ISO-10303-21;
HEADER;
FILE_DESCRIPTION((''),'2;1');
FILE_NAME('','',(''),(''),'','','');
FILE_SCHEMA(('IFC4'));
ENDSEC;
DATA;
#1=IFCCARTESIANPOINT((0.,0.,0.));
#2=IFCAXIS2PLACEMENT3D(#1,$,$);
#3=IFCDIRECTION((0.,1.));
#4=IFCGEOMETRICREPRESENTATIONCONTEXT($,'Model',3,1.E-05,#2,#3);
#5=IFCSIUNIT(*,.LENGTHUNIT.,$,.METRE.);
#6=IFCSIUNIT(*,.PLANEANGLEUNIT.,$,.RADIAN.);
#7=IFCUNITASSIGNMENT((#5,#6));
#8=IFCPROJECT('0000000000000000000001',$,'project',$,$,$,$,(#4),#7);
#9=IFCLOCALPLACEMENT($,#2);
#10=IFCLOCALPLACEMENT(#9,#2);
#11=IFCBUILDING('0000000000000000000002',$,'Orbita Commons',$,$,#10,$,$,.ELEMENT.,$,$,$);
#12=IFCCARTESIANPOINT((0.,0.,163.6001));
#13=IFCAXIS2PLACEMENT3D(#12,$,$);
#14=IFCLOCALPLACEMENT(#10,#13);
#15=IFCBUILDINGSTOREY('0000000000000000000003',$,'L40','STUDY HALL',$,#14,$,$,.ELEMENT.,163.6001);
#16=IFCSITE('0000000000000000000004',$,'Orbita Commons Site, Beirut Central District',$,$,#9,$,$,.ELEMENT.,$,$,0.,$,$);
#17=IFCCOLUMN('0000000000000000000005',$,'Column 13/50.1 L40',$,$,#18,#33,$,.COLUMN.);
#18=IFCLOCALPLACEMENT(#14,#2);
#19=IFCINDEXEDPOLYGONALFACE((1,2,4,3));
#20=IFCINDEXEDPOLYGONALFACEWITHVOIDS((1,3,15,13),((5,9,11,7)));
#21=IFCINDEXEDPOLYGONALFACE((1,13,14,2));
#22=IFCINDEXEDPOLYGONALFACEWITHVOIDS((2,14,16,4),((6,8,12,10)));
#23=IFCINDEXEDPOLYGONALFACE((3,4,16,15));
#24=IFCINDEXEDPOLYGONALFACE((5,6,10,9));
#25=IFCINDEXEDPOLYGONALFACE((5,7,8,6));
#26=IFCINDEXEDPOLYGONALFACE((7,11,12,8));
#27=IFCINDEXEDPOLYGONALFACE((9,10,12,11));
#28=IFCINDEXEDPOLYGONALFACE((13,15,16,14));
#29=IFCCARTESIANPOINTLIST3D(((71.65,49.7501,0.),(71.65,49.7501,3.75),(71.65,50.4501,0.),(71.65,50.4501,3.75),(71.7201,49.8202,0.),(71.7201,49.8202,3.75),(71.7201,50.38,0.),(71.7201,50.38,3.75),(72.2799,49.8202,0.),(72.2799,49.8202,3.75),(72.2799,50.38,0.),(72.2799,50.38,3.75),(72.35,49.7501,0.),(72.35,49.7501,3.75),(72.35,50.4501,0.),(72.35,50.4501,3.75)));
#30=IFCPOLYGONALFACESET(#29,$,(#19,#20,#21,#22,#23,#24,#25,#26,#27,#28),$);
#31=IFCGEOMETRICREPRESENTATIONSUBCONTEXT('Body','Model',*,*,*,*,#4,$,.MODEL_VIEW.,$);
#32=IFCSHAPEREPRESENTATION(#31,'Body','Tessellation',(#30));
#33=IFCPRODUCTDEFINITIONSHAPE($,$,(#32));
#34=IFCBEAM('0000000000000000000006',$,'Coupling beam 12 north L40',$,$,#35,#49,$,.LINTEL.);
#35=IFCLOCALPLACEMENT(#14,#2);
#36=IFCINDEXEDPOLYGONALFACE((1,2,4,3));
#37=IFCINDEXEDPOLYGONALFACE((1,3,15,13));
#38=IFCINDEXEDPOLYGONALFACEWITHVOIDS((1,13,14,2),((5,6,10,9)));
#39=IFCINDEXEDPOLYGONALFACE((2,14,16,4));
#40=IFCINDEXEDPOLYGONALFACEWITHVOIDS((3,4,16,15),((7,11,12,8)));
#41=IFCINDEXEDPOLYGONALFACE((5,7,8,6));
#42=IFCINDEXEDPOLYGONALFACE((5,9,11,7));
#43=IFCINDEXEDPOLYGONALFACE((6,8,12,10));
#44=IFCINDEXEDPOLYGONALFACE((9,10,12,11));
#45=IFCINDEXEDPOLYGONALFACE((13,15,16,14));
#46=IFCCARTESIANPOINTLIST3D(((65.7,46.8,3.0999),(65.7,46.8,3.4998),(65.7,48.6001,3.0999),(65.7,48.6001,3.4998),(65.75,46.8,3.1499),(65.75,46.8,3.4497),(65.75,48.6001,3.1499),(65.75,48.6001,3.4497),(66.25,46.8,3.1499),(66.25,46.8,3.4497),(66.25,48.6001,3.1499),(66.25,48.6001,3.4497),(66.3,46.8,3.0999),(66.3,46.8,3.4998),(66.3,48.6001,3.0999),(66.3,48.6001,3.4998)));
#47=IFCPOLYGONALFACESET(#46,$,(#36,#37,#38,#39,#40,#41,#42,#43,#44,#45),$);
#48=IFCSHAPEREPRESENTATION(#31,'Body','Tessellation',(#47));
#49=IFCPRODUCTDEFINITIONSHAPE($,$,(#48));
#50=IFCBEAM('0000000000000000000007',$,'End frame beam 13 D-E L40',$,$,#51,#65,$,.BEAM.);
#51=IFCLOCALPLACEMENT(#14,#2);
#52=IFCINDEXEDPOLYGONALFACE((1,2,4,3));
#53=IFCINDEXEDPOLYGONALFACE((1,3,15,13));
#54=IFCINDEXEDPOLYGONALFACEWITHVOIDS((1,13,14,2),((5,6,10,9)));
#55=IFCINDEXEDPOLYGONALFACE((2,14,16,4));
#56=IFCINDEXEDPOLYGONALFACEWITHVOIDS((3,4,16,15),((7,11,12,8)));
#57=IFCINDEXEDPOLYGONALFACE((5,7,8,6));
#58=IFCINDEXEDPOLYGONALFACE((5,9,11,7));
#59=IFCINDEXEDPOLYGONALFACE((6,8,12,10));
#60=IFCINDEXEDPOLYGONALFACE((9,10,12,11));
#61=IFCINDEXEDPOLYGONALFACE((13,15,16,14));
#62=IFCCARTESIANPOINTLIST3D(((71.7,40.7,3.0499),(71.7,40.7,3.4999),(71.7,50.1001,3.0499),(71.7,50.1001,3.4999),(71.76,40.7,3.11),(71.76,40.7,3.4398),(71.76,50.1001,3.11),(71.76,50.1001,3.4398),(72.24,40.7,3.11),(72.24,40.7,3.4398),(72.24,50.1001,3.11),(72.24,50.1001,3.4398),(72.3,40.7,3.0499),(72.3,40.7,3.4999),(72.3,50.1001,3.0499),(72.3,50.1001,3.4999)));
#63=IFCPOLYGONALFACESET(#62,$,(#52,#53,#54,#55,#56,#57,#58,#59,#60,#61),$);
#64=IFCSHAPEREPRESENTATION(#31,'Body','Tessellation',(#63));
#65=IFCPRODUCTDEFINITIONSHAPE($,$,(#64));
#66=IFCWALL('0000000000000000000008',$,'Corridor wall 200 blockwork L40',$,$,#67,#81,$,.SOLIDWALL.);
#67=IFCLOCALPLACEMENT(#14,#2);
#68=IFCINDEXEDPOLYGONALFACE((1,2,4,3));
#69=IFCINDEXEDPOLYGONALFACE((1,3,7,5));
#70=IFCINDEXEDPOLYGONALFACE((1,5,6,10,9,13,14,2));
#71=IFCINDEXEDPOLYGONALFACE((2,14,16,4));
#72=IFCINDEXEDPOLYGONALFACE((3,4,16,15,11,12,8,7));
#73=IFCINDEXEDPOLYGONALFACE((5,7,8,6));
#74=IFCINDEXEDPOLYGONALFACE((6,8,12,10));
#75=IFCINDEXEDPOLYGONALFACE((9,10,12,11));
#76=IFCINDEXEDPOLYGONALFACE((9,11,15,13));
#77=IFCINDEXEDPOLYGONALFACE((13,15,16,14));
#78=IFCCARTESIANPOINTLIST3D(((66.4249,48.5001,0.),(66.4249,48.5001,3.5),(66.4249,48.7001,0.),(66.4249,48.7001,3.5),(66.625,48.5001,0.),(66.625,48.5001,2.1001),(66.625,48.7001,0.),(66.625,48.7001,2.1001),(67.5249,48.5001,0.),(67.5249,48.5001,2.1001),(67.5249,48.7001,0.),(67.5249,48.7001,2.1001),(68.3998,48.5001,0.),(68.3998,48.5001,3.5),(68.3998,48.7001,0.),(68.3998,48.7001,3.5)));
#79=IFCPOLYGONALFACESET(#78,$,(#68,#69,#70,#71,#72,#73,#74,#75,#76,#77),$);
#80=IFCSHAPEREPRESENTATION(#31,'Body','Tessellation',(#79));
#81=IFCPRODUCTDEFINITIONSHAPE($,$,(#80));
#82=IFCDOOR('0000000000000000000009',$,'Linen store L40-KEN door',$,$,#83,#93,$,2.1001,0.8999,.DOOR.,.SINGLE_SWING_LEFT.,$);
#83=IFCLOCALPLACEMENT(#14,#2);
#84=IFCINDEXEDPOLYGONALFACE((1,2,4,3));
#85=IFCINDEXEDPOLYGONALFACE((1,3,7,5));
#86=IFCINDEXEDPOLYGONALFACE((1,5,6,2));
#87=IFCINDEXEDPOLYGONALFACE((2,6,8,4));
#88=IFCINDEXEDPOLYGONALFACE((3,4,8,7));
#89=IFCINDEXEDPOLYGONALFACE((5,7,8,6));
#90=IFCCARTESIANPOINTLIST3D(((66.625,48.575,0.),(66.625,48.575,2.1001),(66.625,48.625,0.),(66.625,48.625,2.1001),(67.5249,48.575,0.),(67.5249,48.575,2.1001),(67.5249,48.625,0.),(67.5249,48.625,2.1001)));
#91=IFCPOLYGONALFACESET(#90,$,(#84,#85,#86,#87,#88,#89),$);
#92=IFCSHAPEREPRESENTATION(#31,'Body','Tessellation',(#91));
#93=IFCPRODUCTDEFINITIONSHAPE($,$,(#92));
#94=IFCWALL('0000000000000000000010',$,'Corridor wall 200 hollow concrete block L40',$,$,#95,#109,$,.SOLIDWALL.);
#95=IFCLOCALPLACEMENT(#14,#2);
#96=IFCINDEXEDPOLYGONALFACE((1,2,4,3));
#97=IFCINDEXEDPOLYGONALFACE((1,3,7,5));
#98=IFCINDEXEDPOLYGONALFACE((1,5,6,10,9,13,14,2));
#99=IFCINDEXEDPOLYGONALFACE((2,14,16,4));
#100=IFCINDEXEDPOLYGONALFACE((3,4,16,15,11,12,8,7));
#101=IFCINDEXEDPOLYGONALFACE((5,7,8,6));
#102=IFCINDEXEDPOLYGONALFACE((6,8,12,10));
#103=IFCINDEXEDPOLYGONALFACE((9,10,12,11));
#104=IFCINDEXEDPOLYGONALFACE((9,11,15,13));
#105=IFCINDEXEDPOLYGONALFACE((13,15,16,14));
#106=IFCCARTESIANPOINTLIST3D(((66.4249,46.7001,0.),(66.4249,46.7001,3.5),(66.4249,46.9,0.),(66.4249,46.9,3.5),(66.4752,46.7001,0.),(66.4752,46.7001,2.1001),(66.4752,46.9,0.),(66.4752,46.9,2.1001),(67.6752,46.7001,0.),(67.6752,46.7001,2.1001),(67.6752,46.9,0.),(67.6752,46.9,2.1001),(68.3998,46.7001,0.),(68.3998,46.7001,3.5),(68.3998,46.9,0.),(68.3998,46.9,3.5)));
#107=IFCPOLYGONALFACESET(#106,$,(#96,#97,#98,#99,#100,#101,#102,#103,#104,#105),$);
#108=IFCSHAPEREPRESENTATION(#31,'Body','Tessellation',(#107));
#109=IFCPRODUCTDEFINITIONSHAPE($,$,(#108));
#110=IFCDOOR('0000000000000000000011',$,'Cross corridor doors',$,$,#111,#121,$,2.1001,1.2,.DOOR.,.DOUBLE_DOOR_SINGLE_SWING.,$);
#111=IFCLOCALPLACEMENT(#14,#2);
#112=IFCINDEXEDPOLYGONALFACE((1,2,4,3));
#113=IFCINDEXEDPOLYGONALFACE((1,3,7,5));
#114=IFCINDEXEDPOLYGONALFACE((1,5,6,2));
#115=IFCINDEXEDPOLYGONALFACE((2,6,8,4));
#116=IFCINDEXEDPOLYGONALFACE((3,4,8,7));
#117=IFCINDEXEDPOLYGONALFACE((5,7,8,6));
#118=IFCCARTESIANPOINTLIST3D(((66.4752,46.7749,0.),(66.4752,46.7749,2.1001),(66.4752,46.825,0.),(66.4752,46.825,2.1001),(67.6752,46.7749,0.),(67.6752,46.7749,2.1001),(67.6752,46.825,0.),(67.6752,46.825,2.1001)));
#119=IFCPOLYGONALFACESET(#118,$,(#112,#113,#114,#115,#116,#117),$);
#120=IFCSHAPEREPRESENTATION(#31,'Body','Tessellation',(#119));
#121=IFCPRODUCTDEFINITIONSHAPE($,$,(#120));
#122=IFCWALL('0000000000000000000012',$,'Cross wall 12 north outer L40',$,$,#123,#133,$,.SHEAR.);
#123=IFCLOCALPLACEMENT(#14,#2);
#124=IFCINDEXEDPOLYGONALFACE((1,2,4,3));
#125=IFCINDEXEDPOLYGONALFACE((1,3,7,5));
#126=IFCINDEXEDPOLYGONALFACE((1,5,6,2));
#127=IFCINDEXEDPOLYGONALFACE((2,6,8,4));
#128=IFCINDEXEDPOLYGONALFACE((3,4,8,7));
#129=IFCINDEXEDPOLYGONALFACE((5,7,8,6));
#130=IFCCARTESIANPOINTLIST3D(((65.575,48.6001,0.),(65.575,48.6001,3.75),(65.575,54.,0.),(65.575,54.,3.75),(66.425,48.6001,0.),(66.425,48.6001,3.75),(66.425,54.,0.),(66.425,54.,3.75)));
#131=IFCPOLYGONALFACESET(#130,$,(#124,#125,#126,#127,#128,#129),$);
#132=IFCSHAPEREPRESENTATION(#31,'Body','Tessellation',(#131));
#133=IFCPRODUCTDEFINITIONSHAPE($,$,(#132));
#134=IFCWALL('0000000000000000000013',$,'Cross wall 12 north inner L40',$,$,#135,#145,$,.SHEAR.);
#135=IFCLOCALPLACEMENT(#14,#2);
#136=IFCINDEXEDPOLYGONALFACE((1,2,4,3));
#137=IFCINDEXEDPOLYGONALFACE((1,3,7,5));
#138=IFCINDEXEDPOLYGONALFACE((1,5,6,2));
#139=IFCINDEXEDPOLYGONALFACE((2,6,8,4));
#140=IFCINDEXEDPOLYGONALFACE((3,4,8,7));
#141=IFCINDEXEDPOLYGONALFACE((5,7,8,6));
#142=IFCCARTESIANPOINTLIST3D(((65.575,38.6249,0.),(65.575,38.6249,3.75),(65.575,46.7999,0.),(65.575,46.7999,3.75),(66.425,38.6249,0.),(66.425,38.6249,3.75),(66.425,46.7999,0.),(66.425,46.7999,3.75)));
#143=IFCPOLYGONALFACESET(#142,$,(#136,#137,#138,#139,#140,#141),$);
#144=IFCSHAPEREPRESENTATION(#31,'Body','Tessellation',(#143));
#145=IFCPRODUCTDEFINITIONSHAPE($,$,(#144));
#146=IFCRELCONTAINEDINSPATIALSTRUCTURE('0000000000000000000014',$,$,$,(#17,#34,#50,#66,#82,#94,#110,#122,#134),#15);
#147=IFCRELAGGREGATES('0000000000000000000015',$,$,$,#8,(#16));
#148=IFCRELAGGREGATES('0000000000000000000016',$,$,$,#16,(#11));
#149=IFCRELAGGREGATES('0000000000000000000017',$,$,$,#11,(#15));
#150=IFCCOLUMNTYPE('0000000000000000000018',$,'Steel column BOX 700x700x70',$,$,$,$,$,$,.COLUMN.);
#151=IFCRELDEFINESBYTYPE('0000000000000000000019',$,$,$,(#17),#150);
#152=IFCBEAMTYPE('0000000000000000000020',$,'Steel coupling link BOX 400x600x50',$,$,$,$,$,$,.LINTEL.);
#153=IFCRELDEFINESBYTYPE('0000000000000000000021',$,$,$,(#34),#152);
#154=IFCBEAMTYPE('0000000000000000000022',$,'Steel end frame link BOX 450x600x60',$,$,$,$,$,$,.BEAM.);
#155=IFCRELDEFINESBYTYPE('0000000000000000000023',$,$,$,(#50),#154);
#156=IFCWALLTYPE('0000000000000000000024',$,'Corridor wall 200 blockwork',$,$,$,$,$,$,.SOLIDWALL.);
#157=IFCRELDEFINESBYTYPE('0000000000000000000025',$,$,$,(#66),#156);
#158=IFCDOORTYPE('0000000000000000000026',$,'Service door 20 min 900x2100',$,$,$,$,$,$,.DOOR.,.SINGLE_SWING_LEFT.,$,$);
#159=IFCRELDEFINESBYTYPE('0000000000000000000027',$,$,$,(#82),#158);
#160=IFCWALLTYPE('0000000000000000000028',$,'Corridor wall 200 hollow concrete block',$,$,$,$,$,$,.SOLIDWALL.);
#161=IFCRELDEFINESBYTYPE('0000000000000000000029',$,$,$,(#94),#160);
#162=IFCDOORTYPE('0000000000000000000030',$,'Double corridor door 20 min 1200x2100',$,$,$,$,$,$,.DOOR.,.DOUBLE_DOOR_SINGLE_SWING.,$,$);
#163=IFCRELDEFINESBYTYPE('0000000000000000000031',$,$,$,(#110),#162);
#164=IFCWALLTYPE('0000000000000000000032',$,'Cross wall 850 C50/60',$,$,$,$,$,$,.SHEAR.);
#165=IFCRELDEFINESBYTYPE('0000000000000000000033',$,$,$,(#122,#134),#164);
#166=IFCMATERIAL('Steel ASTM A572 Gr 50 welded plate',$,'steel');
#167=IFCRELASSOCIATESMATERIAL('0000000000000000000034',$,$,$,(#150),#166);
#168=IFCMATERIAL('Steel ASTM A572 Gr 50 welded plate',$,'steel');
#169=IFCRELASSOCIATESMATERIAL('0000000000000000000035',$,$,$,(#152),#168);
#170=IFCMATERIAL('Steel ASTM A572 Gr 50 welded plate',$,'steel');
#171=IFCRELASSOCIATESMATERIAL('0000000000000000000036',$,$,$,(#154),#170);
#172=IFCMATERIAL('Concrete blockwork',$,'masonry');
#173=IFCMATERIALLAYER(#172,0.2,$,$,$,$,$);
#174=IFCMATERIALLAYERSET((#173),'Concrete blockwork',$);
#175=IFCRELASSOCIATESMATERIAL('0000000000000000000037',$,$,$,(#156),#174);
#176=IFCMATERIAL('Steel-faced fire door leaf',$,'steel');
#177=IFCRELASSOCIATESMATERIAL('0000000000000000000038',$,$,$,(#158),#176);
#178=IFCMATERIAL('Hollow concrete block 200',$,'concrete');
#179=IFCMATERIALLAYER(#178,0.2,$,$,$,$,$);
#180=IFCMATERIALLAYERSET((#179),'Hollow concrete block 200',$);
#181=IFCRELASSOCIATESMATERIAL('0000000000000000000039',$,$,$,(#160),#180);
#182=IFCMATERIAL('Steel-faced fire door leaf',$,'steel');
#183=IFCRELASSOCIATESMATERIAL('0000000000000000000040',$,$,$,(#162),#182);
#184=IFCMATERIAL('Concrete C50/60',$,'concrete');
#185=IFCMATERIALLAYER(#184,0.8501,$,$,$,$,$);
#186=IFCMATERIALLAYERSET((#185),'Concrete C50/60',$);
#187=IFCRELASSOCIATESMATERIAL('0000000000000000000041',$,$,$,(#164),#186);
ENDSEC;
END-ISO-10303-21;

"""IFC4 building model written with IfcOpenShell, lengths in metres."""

from ifc_helpers import new_model, si_unit, direction, frame, frame_2d, origin, origin_2d, place, context, subcontext, project, spatial, rectangle, hollow_rectangle, extrude, material, layer, layer_set, material_profile, profile_set, type_object, element, fill, save


model = new_model("IFC4")

# Units and contexts
model_context = context("Model", 3, precision=1e-05, world=origin(), true_north=direction((0.0, 1.0)))
body_context = subcontext(model_context, "Body", "Model", "MODEL_VIEW")
ifc_project = project(units=[si_unit("LENGTHUNIT", "METRE"), si_unit("PLANEANGLEUNIT", "RADIAN")], contexts=[model_context])

# Site, building, storey
site_placement = place(None, origin())
site = spatial("IfcSite", under=ifc_project, at=site_placement, Name="Orbita Commons Site, Beirut Central District", CompositionType="ELEMENT", RefElevation=0.0)
building_placement = place(site_placement, origin())
building = spatial("IfcBuilding", under=site, at=building_placement, Name="Orbita Commons", CompositionType="ELEMENT")
storey_placement = place(building_placement, frame((0.0, 0.0, 163.6001)))
storey = spatial("IfcBuildingStorey", under=building, at=storey_placement, Name="L40", Description="STUDY HALL", CompositionType="ELEMENT", Elevation=163.6001)

# Column
ifc_material_1 = material(Name="Steel ASTM A572 Gr 50 welded plate", Category="steel")
ifc_material_profile_1 = material_profile(ifc_material_1, hollow_rectangle(XDim=0.7, YDim=0.7, WallThickness=0.0701, at=origin_2d()), Name="BOX 700x700x70")
ifc_profile_set_1 = profile_set([ifc_material_profile_1], Name="Steel ASTM A572 Gr 50 welded plate")
column_type = type_object("IfcColumnType", Name="Steel column BOX 700x700x70", PredefinedType="COLUMN", material=ifc_profile_set_1)
column_placement = place(storey_placement, frame((72.0, 50.1001, 0.0), z_axis=(0.0, 0.0, 1.0), x_axis=(1.0, 0.0, 0.0)))
element("IfcColumn", 1, at=column_placement, inside=storey, type_object=column_type, Name="Column 13/50.1 L40", PredefinedType="COLUMN", context=body_context, shape_type="SweptSolid", body=[
    extrude(hollow_rectangle(XDim=0.7, YDim=0.7, WallThickness=0.0701, at=origin_2d()), origin(), (0.0, 0.0, 1.0), 3.75),
])

# Beams
ifc_material_2 = material(Name="Steel ASTM A572 Gr 50 welded plate", Category="steel")
ifc_material_profile_2 = material_profile(ifc_material_2, hollow_rectangle(XDim=0.6001, YDim=0.3999, WallThickness=0.05, at=origin_2d()), Name="BOX 400x600x50")
ifc_profile_set_2 = profile_set([ifc_material_profile_2], Name="Steel ASTM A572 Gr 50 welded plate")
beam_type_1 = type_object("IfcBeamType", Name="Steel coupling link BOX 400x600x50", PredefinedType="LINTEL", material=ifc_profile_set_2)
beam_1_placement = place(storey_placement, frame((66.0, 46.8, 3.2998), z_axis=(0.0, 1.0, 0.0), x_axis=(-1.0, 0.0, 0.0)))
element("IfcBeam", 2, at=beam_1_placement, inside=storey, type_object=beam_type_1, Name="Coupling beam 12 north L40", PredefinedType="LINTEL", context=body_context, shape_type="SweptSolid", body=[
    extrude(hollow_rectangle(XDim=0.6001, YDim=0.3999, WallThickness=0.05, at=origin_2d()), origin(), (0.0, 0.0, 1.0), 1.8),
])
ifc_material_3 = material(Name="Steel ASTM A572 Gr 50 welded plate", Category="steel")
ifc_material_profile_3 = material_profile(ifc_material_3, hollow_rectangle(XDim=0.6001, YDim=0.45, WallThickness=0.0601, at=origin_2d()), Name="BOX 450x600x60")
ifc_profile_set_3 = profile_set([ifc_material_profile_3], Name="Steel ASTM A572 Gr 50 welded plate")
beam_type_2 = type_object("IfcBeamType", Name="Steel end frame link BOX 450x600x60", PredefinedType="BEAM", material=ifc_profile_set_3)
beam_2_placement = place(storey_placement, frame((72.0, 40.7, 3.2749), z_axis=(0.0, 1.0, 0.0), x_axis=(-1.0, 0.0, 0.0)))
element("IfcBeam", 3, at=beam_2_placement, inside=storey, type_object=beam_type_2, Name="End frame beam 13 D-E L40", PredefinedType="BEAM", context=body_context, shape_type="SweptSolid", body=[
    extrude(hollow_rectangle(XDim=0.6001, YDim=0.45, WallThickness=0.0601, at=origin_2d()), origin(), (0.0, 0.0, 1.0), 9.4001),
])

# Walls, openings, doors
ifc_material_4 = material(Name="Concrete blockwork", Category="masonry")
ifc_layer_1 = layer(ifc_material_4, 0.2)
ifc_layer_set_1 = layer_set([ifc_layer_1], Name="Concrete blockwork")
wall_type_1 = type_object("IfcWallType", Name="Corridor wall 200 blockwork", PredefinedType="SOLIDWALL", material=ifc_layer_set_1)
wall_1_placement = place(storey_placement, frame((66.425, 48.6001, 0.0), z_axis=(0.0, 0.0, 1.0), x_axis=(1.0, 0.0, 0.0)))
wall_1 = element("IfcWall", 4, at=wall_1_placement, inside=storey, type_object=wall_type_1, Name="Corridor wall 200 blockwork L40", PredefinedType="SOLIDWALL", context=body_context, shape_type="SweptSolid", body=[
    extrude(rectangle(XDim=1.9749, YDim=0.2, at=frame_2d((0.9873, 0.0))), origin(), (0.0, 0.0, 1.0), 3.5),
])
opening_1_placement = place(wall_1_placement, frame((0.2, 0.0, 0.0)))
opening_1 = element("IfcOpeningElement", 5, at=opening_1_placement, cuts=wall_1, PredefinedType="OPENING", context=body_context, shape_type="SweptSolid", body=[
    extrude(rectangle(XDim=0.8999, YDim=2.1001, at=frame_2d((0.45, 1.05))), frame((0.0, 0.1099, 0.0), z_axis=(0.0, -1.0, 0.0), x_axis=(1.0, 0.0, 0.0)), (0.0, 0.0, 1.0), 0.22),
])
ifc_material_5 = material(Name="Steel-faced fire door leaf", Category="steel")
door_type_1 = type_object("IfcDoorType", Name="Service door 20 min 900x2100", OperationType="SINGLE_SWING_LEFT", PredefinedType="DOOR", material=ifc_material_5)
door_1_placement = place(opening_1_placement, origin())
door_1 = element("IfcDoor", 6, at=door_1_placement, inside=storey, type_object=door_type_1, Name="Linen store L40-KEN door", OperationType="SINGLE_SWING_LEFT", OverallHeight=2.1001, OverallWidth=0.8999, PredefinedType="DOOR", context=body_context, shape_type="SweptSolid", body=[
    extrude(rectangle(XDim=0.8999, YDim=2.1001, at=frame_2d((0.45, 1.05))), frame((0.0, 0.0249, 0.0), z_axis=(0.0, -1.0, 0.0), x_axis=(1.0, 0.0, 0.0)), (0.0, 0.0, 1.0), 0.05),
])
fill(opening_1, door_1)
ifc_material_6 = material(Name="Hollow concrete block 200", Category="concrete")
ifc_layer_2 = layer(ifc_material_6, 0.2)
ifc_layer_set_2 = layer_set([ifc_layer_2], Name="Hollow concrete block 200")
wall_type_2 = type_object("IfcWallType", Name="Corridor wall 200 hollow concrete block", PredefinedType="SOLIDWALL", material=ifc_layer_set_2)
wall_2_placement = place(storey_placement, frame((66.425, 46.8, 0.0), z_axis=(0.0, 0.0, 1.0), x_axis=(1.0, 0.0, 0.0)))
wall_2 = element("IfcWall", 7, at=wall_2_placement, inside=storey, type_object=wall_type_2, Name="Corridor wall 200 hollow concrete block L40", PredefinedType="SOLIDWALL", context=body_context, shape_type="SweptSolid", body=[
    extrude(rectangle(XDim=1.9749, YDim=0.2, at=frame_2d((0.9873, 0.0))), origin(), (0.0, 0.0, 1.0), 3.5),
])
opening_2_placement = place(wall_2_placement, frame((0.05, 0.0, 0.0)))
opening_2 = element("IfcOpeningElement", 8, at=opening_2_placement, cuts=wall_2, PredefinedType="OPENING", context=body_context, shape_type="SweptSolid", body=[
    extrude(rectangle(XDim=1.2, YDim=2.1001, at=frame_2d((0.6001, 1.05))), frame((0.0, 0.1099, 0.0), z_axis=(0.0, -1.0, 0.0), x_axis=(1.0, 0.0, 0.0)), (0.0, 0.0, 1.0), 0.22),
])
ifc_material_7 = material(Name="Steel-faced fire door leaf", Category="steel")
door_type_2 = type_object("IfcDoorType", Name="Double corridor door 20 min 1200x2100", OperationType="DOUBLE_DOOR_SINGLE_SWING", PredefinedType="DOOR", material=ifc_material_7)
door_2_placement = place(opening_2_placement, origin())
door_2 = element("IfcDoor", 9, at=door_2_placement, inside=storey, type_object=door_type_2, Name="Cross corridor doors", OperationType="DOUBLE_DOOR_SINGLE_SWING", OverallHeight=2.1001, OverallWidth=1.2, PredefinedType="DOOR", context=body_context, shape_type="SweptSolid", body=[
    extrude(rectangle(XDim=1.2, YDim=2.1001, at=frame_2d((0.6001, 1.05))), frame((0.0, 0.0249, 0.0), z_axis=(0.0, -1.0, 0.0), x_axis=(1.0, 0.0, 0.0)), (0.0, 0.0, 1.0), 0.05),
])
fill(opening_2, door_2)

# Walls
ifc_material_8 = material(Name="Concrete C50/60", Category="concrete")
ifc_layer_3 = layer(ifc_material_8, 0.8501)
ifc_layer_set_3 = layer_set([ifc_layer_3], Name="Concrete C50/60")
wall_type_3 = type_object("IfcWallType", Name="Cross wall 850 C50/60", PredefinedType="SHEAR", material=ifc_layer_set_3)
wall_3_placement = place(storey_placement, frame((66.0, 48.6001, 0.0), z_axis=(0.0, 0.0, 1.0), x_axis=(0.0, 1.0, 0.0)))
element("IfcWall", 10, at=wall_3_placement, inside=storey, type_object=wall_type_3, Name="Cross wall 12 north outer L40", PredefinedType="SHEAR", context=body_context, shape_type="SweptSolid", body=[
    extrude(rectangle(XDim=5.3999, YDim=0.8501, at=frame_2d((2.7, 0.0))), origin(), (0.0, 0.0, 1.0), 3.75),
])
wall_4_placement = place(storey_placement, frame((66.0, 38.625, 0.0), z_axis=(0.0, 0.0, 1.0), x_axis=(0.0, 1.0, 0.0)))
element("IfcWall", 11, at=wall_4_placement, inside=storey, type_object=wall_type_3, Name="Cross wall 12 north inner L40", PredefinedType="SHEAR", context=body_context, shape_type="SweptSolid", body=[
    extrude(rectangle(XDim=8.175, YDim=0.8501, at=frame_2d((4.0874, 0.0))), origin(), (0.0, 0.0, 1.0), 3.75),
])

save(model, "model.ifc")
